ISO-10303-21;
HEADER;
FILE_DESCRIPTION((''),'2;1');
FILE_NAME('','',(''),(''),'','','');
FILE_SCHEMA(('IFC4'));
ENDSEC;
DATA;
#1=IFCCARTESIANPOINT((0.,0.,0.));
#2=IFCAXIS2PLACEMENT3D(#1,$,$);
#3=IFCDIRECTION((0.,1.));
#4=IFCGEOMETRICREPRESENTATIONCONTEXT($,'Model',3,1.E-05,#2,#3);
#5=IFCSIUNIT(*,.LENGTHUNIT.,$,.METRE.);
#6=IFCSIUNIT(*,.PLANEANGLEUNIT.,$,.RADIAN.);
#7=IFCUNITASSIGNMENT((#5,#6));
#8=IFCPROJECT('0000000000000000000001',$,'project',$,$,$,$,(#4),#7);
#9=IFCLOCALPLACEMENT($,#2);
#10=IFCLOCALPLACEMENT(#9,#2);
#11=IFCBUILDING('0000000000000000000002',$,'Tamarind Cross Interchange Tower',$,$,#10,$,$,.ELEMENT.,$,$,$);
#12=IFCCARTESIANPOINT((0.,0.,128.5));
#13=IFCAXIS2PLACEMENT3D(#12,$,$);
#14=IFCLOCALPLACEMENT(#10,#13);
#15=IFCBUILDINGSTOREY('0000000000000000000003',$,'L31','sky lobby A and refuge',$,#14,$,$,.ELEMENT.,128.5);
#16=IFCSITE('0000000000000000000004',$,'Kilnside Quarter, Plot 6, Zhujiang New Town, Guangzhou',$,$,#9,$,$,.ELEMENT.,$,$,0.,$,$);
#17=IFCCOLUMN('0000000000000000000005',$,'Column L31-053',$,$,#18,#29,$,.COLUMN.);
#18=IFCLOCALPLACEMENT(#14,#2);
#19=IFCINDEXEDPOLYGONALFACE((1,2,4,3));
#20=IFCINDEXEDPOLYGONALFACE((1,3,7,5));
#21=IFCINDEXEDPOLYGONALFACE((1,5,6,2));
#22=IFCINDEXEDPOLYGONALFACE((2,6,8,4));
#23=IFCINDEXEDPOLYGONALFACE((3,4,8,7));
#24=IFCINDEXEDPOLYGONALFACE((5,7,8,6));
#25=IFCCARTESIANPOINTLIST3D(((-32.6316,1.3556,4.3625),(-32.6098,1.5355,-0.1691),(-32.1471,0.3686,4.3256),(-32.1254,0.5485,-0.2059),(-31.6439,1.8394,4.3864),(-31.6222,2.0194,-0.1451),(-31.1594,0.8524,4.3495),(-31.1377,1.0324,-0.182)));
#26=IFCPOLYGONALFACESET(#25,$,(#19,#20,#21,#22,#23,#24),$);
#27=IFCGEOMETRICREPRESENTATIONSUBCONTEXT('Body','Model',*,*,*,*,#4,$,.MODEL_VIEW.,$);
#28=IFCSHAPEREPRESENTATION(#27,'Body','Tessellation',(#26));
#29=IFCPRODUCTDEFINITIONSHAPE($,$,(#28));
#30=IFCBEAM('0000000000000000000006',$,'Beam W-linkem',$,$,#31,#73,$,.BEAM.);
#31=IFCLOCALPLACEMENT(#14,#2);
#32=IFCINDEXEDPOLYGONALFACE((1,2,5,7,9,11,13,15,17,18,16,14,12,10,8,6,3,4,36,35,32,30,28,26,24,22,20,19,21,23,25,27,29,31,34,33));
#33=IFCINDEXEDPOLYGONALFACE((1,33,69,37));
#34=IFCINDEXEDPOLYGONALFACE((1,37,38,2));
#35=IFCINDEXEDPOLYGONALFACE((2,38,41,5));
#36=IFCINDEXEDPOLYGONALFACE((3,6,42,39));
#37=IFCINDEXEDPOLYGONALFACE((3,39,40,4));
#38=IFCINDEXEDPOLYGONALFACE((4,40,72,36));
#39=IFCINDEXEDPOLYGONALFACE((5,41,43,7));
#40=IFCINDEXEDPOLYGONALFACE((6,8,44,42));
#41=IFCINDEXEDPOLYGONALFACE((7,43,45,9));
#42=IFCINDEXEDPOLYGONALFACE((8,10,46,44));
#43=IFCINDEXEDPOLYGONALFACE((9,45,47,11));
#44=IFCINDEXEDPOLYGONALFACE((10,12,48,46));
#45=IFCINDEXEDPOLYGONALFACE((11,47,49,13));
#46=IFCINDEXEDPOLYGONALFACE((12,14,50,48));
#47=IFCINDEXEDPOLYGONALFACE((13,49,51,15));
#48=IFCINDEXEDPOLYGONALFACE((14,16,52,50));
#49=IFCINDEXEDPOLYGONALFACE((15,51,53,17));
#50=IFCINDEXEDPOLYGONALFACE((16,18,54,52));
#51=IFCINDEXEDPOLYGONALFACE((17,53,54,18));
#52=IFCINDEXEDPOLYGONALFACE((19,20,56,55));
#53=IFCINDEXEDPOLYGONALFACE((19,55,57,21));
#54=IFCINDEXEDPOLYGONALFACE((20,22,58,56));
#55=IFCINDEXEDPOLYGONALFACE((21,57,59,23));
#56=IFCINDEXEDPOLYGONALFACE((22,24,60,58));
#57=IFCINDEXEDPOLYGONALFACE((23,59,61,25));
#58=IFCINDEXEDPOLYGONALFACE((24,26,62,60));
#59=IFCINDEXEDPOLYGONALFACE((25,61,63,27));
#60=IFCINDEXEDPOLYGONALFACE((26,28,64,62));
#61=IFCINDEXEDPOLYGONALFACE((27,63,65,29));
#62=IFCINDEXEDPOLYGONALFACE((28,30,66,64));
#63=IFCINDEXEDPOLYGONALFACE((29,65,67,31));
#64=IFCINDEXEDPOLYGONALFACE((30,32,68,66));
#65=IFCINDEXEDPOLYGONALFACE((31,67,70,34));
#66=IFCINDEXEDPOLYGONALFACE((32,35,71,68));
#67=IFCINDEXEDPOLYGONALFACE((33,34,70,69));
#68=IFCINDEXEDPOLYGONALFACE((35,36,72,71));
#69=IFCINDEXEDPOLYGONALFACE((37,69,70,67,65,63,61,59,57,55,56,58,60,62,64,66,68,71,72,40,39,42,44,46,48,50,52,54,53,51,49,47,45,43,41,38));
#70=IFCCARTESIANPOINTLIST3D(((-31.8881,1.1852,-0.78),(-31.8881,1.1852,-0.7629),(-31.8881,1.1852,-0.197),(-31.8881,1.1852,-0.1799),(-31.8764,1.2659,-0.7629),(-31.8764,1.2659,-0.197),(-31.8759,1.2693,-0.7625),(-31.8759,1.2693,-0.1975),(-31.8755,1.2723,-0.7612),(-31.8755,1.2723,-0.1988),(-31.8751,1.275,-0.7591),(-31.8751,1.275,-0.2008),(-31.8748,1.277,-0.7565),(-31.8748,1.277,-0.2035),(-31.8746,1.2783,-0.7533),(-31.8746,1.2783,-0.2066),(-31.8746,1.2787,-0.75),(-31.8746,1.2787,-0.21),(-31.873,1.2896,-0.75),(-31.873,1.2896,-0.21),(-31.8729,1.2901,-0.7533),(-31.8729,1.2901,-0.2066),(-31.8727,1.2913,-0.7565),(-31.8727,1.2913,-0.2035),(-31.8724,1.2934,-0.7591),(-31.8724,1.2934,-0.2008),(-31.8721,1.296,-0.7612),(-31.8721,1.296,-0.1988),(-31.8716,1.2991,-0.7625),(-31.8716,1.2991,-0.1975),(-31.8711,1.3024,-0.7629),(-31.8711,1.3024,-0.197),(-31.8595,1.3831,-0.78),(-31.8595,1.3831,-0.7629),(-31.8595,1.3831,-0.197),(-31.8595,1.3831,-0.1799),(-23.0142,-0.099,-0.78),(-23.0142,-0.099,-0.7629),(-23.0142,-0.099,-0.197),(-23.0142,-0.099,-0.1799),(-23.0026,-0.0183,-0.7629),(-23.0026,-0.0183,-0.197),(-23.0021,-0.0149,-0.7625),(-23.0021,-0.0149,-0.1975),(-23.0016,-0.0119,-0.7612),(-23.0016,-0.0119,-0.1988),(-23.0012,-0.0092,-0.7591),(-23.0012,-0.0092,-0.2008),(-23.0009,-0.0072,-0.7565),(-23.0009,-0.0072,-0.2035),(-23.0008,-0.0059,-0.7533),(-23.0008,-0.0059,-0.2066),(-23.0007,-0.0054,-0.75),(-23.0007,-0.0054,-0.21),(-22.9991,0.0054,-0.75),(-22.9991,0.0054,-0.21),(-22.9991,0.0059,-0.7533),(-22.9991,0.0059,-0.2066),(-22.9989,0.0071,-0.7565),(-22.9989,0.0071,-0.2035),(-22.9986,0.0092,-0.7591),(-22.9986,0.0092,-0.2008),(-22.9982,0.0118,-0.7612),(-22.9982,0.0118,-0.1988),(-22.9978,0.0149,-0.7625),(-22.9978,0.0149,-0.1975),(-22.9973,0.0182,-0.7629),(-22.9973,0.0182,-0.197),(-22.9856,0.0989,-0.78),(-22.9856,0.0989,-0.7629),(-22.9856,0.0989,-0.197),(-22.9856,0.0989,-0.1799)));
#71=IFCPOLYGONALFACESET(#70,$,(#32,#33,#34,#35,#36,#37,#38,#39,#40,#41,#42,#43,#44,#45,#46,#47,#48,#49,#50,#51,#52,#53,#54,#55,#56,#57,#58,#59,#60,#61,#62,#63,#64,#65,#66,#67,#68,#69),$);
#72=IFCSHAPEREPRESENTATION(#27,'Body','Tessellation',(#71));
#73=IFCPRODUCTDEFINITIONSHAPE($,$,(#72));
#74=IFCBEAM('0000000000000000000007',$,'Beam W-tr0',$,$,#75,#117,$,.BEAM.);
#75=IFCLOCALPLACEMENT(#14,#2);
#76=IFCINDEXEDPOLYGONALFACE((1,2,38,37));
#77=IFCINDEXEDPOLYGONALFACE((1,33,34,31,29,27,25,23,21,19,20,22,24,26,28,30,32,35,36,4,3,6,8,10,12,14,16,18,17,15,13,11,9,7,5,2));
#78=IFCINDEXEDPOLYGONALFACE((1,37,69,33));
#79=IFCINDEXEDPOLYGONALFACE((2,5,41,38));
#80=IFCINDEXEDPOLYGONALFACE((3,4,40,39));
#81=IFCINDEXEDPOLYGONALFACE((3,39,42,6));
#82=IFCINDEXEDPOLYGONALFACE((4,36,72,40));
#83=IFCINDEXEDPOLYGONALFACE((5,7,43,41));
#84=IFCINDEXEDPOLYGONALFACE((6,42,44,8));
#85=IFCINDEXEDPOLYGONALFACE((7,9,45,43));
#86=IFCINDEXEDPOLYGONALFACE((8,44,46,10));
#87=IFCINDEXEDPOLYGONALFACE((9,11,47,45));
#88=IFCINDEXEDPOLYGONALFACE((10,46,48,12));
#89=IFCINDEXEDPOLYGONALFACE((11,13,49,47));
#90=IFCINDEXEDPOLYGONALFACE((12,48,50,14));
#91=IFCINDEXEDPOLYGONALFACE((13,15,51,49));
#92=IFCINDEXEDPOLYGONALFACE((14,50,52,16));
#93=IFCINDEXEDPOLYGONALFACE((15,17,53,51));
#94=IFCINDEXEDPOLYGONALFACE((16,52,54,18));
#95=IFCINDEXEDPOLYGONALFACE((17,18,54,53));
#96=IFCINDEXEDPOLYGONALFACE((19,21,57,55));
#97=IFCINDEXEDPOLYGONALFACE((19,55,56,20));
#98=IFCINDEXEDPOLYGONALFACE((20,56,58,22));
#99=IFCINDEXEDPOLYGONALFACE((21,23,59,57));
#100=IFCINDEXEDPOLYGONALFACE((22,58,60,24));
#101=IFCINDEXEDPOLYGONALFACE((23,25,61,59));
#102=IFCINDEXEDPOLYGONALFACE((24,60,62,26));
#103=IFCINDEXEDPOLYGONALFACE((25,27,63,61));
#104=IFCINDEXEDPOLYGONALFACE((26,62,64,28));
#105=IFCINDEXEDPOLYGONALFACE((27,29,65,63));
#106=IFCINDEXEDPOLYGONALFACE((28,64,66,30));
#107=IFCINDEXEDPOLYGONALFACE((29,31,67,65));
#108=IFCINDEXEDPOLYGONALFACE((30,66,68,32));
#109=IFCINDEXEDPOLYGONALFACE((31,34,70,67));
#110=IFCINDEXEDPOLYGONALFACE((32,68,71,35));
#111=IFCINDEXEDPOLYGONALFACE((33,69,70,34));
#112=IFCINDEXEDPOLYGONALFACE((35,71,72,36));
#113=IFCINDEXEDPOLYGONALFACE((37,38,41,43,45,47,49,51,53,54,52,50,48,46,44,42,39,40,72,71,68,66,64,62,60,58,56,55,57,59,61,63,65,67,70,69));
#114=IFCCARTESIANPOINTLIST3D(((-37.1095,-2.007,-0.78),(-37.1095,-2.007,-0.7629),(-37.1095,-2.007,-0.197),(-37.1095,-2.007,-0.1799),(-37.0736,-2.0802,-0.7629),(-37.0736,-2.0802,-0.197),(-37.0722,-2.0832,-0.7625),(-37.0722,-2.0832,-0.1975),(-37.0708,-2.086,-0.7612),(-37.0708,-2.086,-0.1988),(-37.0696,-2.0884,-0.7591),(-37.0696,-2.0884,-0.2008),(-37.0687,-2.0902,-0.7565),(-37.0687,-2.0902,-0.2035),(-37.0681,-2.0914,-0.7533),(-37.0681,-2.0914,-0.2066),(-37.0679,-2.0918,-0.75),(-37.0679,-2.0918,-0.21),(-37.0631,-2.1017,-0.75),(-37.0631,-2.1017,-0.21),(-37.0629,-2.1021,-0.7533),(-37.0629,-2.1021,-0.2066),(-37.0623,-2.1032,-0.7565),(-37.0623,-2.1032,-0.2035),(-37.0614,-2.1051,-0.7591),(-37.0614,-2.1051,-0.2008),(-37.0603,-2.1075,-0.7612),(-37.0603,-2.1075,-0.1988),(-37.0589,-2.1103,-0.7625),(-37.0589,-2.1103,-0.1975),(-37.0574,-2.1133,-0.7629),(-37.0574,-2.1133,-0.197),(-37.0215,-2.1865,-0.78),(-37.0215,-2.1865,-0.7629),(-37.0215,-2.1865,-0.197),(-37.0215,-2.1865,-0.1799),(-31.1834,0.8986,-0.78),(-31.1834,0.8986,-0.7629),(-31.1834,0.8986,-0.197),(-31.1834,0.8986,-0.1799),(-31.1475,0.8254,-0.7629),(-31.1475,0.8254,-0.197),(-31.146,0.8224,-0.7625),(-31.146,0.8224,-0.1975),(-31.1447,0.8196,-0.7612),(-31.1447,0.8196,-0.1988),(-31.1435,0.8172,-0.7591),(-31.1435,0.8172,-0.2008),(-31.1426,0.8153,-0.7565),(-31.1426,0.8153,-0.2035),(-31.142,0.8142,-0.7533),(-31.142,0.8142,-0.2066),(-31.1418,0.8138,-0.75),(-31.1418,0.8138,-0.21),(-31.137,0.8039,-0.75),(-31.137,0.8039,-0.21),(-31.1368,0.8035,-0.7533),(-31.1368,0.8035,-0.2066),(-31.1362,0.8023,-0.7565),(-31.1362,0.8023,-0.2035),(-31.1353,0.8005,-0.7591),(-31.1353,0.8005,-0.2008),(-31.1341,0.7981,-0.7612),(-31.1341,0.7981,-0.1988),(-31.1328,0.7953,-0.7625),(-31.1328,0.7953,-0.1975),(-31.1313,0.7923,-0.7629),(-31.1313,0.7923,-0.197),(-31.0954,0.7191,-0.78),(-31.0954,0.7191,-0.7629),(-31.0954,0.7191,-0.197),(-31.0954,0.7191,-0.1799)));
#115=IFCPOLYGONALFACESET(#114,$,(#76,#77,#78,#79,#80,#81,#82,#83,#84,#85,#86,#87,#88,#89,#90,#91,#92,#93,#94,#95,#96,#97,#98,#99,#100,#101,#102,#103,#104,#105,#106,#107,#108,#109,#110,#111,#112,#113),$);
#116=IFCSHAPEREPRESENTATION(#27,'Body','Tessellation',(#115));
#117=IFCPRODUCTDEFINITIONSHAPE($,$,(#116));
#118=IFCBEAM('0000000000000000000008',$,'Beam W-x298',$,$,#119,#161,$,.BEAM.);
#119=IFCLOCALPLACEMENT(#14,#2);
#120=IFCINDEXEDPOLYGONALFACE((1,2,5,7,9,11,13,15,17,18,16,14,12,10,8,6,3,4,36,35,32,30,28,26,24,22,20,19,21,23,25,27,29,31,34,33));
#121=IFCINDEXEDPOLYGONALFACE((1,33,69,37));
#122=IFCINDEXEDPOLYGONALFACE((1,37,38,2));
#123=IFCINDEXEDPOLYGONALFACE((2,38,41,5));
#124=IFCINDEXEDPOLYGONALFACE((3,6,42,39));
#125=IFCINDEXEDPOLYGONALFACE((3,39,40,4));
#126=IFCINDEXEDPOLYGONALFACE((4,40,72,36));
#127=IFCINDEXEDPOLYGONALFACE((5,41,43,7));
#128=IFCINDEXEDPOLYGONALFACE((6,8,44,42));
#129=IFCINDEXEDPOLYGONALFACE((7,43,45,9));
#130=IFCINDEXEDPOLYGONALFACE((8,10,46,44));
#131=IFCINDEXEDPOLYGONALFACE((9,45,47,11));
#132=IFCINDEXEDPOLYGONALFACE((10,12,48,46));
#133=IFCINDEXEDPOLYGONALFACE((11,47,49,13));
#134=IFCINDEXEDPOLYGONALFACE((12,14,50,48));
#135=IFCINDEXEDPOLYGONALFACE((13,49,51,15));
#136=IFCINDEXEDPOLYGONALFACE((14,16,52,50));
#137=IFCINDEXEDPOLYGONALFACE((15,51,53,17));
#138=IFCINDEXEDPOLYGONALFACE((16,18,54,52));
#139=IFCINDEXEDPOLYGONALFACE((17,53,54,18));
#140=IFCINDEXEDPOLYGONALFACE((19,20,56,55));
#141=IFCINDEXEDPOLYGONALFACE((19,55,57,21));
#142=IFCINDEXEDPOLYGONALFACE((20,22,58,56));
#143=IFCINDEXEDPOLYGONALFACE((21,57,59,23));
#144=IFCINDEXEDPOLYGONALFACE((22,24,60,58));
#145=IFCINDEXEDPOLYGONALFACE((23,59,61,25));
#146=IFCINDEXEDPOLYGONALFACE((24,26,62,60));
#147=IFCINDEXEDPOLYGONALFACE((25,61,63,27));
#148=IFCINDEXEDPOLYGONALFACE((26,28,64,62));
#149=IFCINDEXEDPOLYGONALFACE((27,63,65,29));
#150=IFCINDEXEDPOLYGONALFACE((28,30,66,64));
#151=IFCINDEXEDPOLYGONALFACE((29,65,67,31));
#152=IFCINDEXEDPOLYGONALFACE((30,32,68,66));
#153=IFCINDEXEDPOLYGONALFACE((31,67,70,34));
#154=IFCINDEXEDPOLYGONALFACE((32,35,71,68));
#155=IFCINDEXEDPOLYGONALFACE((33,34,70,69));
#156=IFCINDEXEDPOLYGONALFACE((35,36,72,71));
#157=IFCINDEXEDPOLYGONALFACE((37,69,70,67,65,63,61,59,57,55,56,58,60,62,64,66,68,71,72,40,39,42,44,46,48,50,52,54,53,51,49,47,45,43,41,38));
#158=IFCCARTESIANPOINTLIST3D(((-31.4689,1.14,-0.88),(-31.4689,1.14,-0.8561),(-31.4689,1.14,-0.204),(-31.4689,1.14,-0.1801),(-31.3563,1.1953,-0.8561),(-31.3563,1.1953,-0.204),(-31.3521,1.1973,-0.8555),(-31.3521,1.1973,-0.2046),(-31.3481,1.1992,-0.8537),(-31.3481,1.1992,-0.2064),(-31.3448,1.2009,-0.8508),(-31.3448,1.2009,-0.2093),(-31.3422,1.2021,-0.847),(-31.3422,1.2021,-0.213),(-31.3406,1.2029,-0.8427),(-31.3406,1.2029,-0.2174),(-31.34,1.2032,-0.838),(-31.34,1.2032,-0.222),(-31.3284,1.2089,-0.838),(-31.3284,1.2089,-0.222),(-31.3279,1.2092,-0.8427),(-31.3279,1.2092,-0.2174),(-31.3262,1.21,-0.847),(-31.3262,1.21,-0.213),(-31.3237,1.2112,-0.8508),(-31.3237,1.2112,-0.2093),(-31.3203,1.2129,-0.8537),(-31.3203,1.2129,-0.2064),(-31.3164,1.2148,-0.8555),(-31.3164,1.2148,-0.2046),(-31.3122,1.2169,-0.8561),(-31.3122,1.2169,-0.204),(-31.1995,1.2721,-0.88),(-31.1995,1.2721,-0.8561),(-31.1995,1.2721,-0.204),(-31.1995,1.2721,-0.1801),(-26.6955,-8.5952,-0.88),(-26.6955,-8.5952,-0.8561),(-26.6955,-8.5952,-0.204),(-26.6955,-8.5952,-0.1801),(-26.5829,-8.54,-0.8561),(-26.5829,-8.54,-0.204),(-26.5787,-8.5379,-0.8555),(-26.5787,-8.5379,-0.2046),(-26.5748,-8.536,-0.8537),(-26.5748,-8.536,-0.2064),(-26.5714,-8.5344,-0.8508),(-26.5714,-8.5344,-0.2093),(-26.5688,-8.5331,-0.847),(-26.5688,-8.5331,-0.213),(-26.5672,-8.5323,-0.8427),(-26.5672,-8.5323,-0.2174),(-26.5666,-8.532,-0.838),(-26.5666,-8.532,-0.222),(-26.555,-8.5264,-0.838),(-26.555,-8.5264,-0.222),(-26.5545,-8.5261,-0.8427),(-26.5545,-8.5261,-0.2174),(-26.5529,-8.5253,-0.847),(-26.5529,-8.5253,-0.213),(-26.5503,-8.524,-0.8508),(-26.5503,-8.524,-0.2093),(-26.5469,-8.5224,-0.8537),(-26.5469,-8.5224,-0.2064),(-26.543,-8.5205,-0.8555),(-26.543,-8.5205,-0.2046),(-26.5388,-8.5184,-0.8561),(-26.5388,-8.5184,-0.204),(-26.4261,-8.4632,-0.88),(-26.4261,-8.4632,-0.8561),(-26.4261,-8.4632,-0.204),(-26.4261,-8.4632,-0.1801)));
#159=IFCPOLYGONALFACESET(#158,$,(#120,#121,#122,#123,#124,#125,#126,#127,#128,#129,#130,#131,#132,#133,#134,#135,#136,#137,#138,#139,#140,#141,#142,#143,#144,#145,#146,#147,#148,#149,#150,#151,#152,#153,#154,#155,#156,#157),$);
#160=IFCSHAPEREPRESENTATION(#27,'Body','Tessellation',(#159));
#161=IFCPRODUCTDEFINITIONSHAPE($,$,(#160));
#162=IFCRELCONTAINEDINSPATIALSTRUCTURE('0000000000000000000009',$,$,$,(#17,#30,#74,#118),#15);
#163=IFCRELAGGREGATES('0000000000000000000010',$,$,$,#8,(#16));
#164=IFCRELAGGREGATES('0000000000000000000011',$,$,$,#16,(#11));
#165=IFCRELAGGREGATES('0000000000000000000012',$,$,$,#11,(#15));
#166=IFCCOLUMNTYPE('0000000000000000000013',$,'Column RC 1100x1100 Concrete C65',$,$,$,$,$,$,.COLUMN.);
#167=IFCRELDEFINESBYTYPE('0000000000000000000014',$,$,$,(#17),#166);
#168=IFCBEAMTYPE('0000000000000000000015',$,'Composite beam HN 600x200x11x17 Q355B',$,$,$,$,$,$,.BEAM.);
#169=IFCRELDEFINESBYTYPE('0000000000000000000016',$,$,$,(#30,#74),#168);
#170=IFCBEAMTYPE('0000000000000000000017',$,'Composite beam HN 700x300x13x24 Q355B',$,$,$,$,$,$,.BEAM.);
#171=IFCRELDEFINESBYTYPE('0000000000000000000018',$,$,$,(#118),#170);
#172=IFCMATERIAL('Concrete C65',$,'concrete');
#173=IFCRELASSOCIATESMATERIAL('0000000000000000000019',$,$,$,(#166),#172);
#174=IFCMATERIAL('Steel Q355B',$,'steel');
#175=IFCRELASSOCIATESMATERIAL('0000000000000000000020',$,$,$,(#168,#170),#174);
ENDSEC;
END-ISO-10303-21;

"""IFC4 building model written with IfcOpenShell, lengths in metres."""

from ifc_helpers import new_model, si_unit, direction, frame, origin, origin_2d, place, context, subcontext, project, spatial, rectangle, i_section, extrude, material, material_profile, profile_set, type_object, element, save


model = new_model("IFC4")

# Units and contexts
model_context = context("Model", 3, precision=1e-05, world=origin(), true_north=direction((0.0, 1.0)))
body_context = subcontext(model_context, "Body", "Model", "MODEL_VIEW")
ifc_project = project(units=[si_unit("LENGTHUNIT", "METRE"), si_unit("PLANEANGLEUNIT", "RADIAN")], contexts=[model_context])

# Site, building, storey
site_placement = place(None, origin())
site = spatial("IfcSite", under=ifc_project, at=site_placement, Name="Kilnside Quarter, Plot 6, Zhujiang New Town, Guangzhou", CompositionType="ELEMENT", RefElevation=0.0)
building_placement = place(site_placement, origin())
building = spatial("IfcBuilding", under=site, at=building_placement, Name="Tamarind Cross Interchange Tower", CompositionType="ELEMENT")
storey_placement = place(building_placement, frame((0.0, 0.0, 128.5)))
storey = spatial("IfcBuildingStorey", under=building, at=storey_placement, Name="L31", Description="sky lobby A and refuge", CompositionType="ELEMENT", Elevation=128.5)

# Column
ifc_material_1 = material(Name="Concrete C65", Category="concrete")
ifc_material_profile_1 = material_profile(ifc_material_1, rectangle(XDim=1.1001, YDim=1.1001, at=origin_2d()), Name="RC 1100x1100")
ifc_profile_set_1 = profile_set([ifc_material_profile_1], Name="Concrete C65")
column_type = type_object("IfcColumnType", Name="Column RC 1100x1100 Concrete C65", PredefinedType="COLUMN", material=ifc_profile_set_1)
column_placement = place(storey_placement, frame((-31.8738, 1.2839, -0.1755), z_axis=(-0.004791, -0.039675, 0.999201), x_axis=(0.897803, 0.439858, 0.02177)))
element("IfcColumn", 1, at=column_placement, inside=storey, type_object=column_type, Name="Column L31-053", PredefinedType="COLUMN", context=body_context, shape_type="SweptSolid", body=[
    extrude(rectangle(XDim=1.1001, YDim=1.1001, at=origin_2d()), origin(), (0.0, 0.0, 1.0), 4.5352),
])

# Beams
ifc_material_2 = material(Name="Steel Q355B", Category="steel")
ifc_material_profile_2 = material_profile(ifc_material_2, i_section(OverallWidth=0.2, OverallDepth=0.6001, WebThickness=0.011, FlangeThickness=0.0171, FilletRadius=0.0129, at=origin_2d()), Name="HN 600x200x11x17")
ifc_profile_set_2 = profile_set([ifc_material_profile_2], Name="Steel Q355B")
beam_type_1 = type_object("IfcBeamType", Name="Composite beam HN 600x200x11x17 Q355B", PredefinedType="BEAM", material=ifc_profile_set_2)
beam_1_placement = place(storey_placement, frame((-31.8738, 1.2842, -0.48), z_axis=(0.98969, -0.143224, 0.0), x_axis=(0.143224, 0.98969, 0.0)))
element("IfcBeam", 2, at=beam_1_placement, inside=storey, type_object=beam_type_1, Name="Beam W-linkem", PredefinedType="BEAM", context=body_context, shape_type="SweptSolid", body=[
    extrude(i_section(OverallWidth=0.2, OverallDepth=0.6001, WebThickness=0.011, FlangeThickness=0.0171, FilletRadius=0.0129, at=origin_2d()), origin(), (0.0, 0.0, 1.0), 8.9663),
])
beam_2_placement = place(storey_placement, frame((-31.1394, 0.8088, -0.48), z_axis=(-0.897885, -0.440231, 0.0), x_axis=(0.440231, -0.897885, 0.0)))
element("IfcBeam", 3, at=beam_2_placement, inside=storey, type_object=beam_type_1, Name="Beam W-tr0", PredefinedType="BEAM", context=body_context, shape_type="SweptSolid", body=[
    extrude(i_section(OverallWidth=0.2, OverallDepth=0.6001, WebThickness=0.011, FlangeThickness=0.0171, FilletRadius=0.0129, at=origin_2d()), origin(), (0.0, 0.0, 1.0), 6.6001),
])
ifc_material_profile_3 = material_profile(ifc_material_2, i_section(OverallWidth=0.3, OverallDepth=0.7, WebThickness=0.0129, FlangeThickness=0.0239, FilletRadius=0.0181, at=origin_2d()), Name="HN 700x300x13x24")
ifc_profile_set_3 = profile_set([ifc_material_profile_3], Name="Steel Q355B")
beam_type_2 = type_object("IfcBeamType", Name="Composite beam HN 700x300x13x24 Q355B", PredefinedType="BEAM", material=ifc_profile_set_3)
beam_3_placement = place(storey_placement, frame((-31.3342, 1.2061, -0.53), z_axis=(0.440247, -0.897877, 0.0), x_axis=(0.897877, 0.440247, 0.0)))
element("IfcBeam", 4, at=beam_3_placement, inside=storey, type_object=beam_type_2, Name="Beam W-x298", PredefinedType="BEAM", context=body_context, shape_type="SweptSolid", body=[
    extrude(i_section(OverallWidth=0.3, OverallDepth=0.7, WebThickness=0.0129, FlangeThickness=0.0239, FilletRadius=0.0181, at=origin_2d()), origin(), (0.0, 0.0, 1.0), 10.8425),
])

save(model, "model.ifc")
